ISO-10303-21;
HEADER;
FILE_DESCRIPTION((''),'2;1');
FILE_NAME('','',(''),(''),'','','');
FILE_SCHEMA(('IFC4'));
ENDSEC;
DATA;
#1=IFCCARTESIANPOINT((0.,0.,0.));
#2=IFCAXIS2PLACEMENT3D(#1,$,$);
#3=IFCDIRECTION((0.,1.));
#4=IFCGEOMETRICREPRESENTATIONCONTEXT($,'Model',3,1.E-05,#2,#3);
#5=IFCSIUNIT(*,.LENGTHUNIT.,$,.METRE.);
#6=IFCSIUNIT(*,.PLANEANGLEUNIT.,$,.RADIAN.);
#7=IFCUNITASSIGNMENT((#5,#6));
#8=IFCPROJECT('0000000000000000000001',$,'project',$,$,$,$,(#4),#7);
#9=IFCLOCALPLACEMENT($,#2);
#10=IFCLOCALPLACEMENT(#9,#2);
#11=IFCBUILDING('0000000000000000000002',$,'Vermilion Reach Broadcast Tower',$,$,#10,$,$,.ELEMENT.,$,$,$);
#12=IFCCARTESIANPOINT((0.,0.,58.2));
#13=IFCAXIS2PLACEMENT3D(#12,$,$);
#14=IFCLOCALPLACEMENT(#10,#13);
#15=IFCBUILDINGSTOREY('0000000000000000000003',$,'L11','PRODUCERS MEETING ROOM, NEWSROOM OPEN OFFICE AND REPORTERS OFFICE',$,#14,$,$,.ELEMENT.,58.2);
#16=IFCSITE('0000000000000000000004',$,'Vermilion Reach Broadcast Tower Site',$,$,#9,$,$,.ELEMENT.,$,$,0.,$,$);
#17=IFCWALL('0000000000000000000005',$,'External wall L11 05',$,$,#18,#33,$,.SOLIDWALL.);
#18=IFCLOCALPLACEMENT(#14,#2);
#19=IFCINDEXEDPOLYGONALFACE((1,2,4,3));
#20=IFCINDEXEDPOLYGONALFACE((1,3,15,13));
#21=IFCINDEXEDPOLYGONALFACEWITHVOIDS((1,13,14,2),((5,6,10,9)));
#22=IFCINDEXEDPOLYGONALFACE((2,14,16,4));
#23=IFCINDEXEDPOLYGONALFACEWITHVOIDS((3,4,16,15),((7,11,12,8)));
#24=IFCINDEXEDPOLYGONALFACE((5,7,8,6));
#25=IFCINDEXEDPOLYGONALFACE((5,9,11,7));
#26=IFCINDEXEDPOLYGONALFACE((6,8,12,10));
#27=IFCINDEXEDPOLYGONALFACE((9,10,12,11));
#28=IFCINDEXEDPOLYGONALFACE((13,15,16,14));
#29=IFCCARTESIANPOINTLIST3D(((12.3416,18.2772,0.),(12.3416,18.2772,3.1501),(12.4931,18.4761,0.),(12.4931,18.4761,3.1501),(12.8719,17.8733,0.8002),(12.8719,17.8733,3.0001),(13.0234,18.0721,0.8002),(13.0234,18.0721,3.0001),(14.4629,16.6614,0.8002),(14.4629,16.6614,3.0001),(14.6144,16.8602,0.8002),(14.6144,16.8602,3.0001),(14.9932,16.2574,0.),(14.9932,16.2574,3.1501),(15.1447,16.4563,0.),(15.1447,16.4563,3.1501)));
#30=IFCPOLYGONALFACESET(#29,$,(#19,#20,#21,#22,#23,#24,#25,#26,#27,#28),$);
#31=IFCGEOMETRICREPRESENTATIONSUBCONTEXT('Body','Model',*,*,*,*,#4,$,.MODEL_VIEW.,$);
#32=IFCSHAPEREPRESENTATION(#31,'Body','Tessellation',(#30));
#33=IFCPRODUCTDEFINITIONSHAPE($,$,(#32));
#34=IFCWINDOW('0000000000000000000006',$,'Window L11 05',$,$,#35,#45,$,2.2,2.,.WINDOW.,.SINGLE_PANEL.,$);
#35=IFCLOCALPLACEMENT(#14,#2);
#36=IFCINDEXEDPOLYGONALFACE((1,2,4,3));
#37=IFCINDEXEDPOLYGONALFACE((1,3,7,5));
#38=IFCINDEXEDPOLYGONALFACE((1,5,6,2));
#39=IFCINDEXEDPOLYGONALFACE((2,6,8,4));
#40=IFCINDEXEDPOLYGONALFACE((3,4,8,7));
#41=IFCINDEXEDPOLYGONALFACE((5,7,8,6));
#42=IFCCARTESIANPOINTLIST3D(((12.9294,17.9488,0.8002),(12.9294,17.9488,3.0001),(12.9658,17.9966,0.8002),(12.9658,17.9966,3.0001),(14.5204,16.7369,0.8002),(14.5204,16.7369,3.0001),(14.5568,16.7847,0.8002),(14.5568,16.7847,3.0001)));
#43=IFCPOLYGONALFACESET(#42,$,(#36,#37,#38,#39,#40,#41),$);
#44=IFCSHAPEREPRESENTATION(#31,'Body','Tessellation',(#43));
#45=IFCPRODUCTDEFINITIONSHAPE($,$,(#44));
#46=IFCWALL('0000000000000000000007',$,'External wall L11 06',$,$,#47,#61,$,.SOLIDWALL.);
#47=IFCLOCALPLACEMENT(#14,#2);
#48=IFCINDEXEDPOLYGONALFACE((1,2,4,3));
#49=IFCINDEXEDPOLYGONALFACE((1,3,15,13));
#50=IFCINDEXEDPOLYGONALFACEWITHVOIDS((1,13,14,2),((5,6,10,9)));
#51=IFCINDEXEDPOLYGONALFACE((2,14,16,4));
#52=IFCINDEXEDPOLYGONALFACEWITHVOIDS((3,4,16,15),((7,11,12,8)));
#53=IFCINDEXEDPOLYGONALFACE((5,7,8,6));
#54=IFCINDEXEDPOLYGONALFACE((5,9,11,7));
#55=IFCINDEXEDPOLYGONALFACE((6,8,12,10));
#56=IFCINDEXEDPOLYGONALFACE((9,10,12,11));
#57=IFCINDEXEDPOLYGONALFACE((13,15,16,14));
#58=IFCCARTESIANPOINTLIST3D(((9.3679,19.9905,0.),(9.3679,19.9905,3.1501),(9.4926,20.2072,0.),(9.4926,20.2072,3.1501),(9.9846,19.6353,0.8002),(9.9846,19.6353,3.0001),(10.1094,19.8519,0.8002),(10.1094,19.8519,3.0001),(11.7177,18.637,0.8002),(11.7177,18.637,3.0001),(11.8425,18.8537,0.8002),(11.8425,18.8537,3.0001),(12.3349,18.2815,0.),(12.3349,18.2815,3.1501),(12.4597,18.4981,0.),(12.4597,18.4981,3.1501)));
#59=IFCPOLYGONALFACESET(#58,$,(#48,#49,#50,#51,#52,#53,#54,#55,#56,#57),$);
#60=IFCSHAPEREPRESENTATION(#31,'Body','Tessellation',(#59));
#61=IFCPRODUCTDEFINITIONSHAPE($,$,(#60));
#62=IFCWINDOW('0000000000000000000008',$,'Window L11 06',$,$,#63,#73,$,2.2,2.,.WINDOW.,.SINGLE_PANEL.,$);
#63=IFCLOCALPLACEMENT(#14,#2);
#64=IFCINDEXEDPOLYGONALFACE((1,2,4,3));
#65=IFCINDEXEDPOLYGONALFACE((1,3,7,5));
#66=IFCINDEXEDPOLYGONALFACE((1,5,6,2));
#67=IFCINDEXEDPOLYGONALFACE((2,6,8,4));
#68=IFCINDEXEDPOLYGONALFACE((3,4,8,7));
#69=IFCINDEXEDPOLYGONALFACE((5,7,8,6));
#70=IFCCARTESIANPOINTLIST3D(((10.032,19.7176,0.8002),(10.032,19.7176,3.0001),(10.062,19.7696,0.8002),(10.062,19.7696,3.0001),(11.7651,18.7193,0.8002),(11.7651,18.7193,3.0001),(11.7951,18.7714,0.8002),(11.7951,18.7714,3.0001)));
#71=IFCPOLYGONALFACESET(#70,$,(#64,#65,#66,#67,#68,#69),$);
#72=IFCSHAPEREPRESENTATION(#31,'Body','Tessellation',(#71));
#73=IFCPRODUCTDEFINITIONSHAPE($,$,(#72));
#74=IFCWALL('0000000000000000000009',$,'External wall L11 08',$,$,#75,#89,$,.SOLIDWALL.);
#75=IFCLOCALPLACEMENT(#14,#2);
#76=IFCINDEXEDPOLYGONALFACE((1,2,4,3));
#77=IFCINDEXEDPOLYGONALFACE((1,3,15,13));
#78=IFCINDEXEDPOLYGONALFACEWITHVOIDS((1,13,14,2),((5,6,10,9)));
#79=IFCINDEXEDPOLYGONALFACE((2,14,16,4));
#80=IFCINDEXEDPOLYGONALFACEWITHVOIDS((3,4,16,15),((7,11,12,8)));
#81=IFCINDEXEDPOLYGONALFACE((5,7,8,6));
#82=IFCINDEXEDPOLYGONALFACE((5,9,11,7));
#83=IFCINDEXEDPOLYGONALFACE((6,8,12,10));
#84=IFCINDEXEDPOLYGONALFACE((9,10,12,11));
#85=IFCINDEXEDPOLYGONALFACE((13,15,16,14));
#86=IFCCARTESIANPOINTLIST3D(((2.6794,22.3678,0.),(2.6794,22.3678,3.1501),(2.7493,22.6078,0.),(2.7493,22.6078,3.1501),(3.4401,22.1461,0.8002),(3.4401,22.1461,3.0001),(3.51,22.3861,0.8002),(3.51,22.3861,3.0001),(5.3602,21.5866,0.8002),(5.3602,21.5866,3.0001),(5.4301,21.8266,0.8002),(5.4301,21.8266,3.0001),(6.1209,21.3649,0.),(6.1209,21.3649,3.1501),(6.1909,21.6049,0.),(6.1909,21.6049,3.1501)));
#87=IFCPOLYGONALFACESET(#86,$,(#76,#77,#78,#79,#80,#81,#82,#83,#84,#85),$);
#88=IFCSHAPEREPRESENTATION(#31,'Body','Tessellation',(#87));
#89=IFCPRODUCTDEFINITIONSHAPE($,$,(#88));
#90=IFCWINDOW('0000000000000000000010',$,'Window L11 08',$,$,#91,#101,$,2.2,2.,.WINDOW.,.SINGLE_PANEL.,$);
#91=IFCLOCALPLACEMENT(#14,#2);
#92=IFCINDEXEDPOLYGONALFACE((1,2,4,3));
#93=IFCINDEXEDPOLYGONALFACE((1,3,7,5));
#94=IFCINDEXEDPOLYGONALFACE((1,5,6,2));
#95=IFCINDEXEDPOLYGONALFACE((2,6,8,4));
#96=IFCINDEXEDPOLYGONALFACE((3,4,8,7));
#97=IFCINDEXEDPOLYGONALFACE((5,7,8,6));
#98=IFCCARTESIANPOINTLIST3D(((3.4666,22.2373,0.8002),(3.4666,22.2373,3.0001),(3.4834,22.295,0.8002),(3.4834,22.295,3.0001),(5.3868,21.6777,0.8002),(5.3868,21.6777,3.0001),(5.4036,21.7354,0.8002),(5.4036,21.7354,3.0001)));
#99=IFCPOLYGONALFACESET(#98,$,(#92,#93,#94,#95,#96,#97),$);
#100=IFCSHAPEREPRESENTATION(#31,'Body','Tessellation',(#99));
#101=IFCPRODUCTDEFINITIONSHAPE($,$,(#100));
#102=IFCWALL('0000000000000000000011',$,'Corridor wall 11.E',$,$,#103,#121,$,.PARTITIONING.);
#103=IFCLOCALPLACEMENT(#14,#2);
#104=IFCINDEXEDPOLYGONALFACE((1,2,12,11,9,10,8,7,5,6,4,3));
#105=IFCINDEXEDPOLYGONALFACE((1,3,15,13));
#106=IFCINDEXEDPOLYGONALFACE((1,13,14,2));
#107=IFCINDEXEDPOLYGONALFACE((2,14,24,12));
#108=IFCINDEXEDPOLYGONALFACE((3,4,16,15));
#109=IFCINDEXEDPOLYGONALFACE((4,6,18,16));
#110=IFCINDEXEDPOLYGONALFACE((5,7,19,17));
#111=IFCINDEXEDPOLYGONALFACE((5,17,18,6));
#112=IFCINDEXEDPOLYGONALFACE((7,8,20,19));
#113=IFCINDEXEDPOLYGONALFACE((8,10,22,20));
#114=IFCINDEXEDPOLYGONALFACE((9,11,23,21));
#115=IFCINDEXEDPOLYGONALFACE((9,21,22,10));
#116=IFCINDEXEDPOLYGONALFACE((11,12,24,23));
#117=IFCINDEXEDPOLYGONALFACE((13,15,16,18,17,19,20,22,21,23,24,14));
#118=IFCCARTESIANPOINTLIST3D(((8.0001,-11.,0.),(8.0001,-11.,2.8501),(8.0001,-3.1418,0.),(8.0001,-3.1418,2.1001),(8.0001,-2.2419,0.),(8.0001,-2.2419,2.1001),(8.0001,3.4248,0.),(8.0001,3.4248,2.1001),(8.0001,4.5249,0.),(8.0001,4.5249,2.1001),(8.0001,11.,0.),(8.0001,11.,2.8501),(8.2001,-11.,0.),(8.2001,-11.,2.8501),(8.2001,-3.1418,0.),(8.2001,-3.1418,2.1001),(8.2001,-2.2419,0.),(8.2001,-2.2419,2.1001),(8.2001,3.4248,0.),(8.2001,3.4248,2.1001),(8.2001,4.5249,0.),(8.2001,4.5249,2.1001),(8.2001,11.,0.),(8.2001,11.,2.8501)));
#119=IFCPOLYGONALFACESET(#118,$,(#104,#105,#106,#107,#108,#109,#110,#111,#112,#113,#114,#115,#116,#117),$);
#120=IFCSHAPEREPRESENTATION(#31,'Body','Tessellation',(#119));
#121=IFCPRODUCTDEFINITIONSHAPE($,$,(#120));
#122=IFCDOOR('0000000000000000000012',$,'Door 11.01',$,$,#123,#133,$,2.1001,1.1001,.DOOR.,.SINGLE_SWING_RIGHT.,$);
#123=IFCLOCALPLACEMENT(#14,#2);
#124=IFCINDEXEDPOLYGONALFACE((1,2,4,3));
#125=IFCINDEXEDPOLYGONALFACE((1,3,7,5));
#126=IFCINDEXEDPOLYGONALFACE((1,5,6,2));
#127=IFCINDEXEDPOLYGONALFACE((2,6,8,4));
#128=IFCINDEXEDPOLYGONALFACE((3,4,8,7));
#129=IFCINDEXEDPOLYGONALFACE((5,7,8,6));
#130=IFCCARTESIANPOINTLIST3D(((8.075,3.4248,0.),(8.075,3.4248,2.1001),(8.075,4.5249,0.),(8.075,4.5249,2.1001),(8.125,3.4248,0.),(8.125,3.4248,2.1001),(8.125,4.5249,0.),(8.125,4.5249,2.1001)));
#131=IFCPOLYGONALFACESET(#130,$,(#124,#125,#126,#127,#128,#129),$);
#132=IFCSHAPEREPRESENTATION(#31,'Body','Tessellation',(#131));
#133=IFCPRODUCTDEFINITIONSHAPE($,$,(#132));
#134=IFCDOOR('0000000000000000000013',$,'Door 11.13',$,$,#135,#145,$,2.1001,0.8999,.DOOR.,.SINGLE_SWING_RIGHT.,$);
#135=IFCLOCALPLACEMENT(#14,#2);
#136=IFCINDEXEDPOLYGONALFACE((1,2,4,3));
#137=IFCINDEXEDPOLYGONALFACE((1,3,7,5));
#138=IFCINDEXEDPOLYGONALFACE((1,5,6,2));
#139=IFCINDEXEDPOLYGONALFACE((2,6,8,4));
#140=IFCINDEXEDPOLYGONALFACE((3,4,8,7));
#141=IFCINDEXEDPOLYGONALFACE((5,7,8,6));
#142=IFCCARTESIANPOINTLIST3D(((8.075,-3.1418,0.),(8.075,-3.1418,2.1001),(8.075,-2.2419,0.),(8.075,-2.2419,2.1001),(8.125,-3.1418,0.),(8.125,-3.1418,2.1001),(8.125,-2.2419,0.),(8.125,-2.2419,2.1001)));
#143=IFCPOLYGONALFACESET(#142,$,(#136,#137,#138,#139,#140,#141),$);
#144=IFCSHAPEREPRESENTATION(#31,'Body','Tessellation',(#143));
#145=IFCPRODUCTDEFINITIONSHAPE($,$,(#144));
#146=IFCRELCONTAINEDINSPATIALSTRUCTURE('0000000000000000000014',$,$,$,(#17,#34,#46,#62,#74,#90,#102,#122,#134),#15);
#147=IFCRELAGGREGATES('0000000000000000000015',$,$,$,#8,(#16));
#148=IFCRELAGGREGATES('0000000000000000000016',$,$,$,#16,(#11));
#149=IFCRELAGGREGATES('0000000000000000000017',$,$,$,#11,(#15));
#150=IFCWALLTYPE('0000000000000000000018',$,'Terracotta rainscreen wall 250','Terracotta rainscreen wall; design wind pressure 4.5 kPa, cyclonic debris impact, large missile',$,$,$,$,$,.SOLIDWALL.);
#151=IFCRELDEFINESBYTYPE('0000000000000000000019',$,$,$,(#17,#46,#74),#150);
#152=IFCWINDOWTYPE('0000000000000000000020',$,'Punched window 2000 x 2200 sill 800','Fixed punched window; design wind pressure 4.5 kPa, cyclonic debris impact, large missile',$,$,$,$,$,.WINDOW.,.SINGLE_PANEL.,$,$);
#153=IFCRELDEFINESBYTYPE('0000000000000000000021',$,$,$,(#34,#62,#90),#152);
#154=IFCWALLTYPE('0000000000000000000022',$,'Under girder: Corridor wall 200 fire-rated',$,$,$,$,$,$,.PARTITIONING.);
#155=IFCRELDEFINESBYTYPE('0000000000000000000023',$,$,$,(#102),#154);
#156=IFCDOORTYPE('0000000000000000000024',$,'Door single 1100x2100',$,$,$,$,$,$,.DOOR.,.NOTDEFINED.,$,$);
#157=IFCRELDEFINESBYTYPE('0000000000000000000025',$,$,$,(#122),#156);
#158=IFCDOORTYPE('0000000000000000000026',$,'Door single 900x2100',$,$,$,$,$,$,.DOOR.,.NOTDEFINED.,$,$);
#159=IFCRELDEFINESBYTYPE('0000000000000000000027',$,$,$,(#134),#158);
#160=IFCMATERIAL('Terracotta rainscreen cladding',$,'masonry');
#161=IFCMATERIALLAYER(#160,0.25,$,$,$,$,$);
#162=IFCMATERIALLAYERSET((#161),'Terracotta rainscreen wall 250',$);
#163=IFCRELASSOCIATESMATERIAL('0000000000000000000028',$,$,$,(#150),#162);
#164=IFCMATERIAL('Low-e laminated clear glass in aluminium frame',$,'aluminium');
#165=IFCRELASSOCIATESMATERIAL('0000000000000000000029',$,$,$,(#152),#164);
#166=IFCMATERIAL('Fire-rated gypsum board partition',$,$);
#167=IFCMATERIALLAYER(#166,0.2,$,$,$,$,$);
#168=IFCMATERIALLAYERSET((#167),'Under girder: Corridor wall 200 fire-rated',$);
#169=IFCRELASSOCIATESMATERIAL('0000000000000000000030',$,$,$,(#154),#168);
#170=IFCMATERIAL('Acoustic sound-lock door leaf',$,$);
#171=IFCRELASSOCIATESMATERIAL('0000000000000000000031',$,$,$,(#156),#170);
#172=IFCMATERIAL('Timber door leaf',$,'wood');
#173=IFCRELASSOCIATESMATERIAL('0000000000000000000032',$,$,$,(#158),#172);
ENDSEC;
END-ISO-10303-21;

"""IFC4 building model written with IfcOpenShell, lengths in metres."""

from ifc_helpers import new_model, si_unit, direction, frame, frame_2d, origin, place, context, subcontext, project, spatial, rectangle, extrude, material, layer, layer_set, type_object, element, fill, save


model = new_model("IFC4")

# Units and contexts
model_context = context("Model", 3, precision=1e-05, world=origin(), true_north=direction((0.0, 1.0)))
body_context = subcontext(model_context, "Body", "Model", "MODEL_VIEW")
ifc_project = project(units=[si_unit("LENGTHUNIT", "METRE"), si_unit("PLANEANGLEUNIT", "RADIAN")], contexts=[model_context])

# Site, building, storey
site_placement = place(None, origin())
site = spatial("IfcSite", under=ifc_project, at=site_placement, Name="Vermilion Reach Broadcast Tower Site", CompositionType="ELEMENT", RefElevation=0.0)
building_placement = place(site_placement, origin())
building = spatial("IfcBuilding", under=site, at=building_placement, Name="Vermilion Reach Broadcast Tower", CompositionType="ELEMENT")
storey_placement = place(building_placement, frame((0.0, 0.0, 58.2)))
storey = spatial("IfcBuildingStorey", under=building, at=storey_placement, Name="L11", Description="PRODUCERS MEETING ROOM, NEWSROOM OPEN OFFICE AND REPORTERS OFFICE", CompositionType="ELEMENT", Elevation=58.2)

# Shared definitions
ifc_material_1 = material(Name="Terracotta rainscreen cladding", Category="masonry")
ifc_layer_1 = layer(ifc_material_1, 0.25)
ifc_layer_set_1 = layer_set([ifc_layer_1], Name="Terracotta rainscreen wall 250")
wall_type_1 = type_object("IfcWallType", Name="Terracotta rainscreen wall 250", Description="Terracotta rainscreen wall; design wind pressure 4.5 kPa, cyclonic debris impact, large missile", PredefinedType="SOLIDWALL", material=ifc_layer_set_1)

# Walls, openings, windows
ifc_material_2 = material(Name="Low-e laminated clear glass in aluminium frame", Category="aluminium")
window_type = type_object("IfcWindowType", Name="Punched window 2000 x 2200 sill 800", Description="Fixed punched window; design wind pressure 4.5 kPa, cyclonic debris impact, large missile", PartitioningType="SINGLE_PANEL", PredefinedType="WINDOW", material=ifc_material_2)
wall_1_placement = place(storey_placement, frame((15.0688, 16.3569, 0.0), z_axis=(0.0, 0.0, 1.0), x_axis=(-0.795504, 0.605948, 0.0)))
wall_1 = element("IfcWall", 1, at=wall_1_placement, inside=storey, type_object=wall_type_1, Name="External wall L11 05", PredefinedType="SOLIDWALL", context=body_context, shape_type="SweptSolid", body=[
    extrude(rectangle(XDim=3.3333, YDim=0.25, at=frame_2d((1.6665, 0.0))), origin(), (0.0, 0.0, 1.0), 3.1501),
])
opening_1_placement = place(wall_1_placement, frame((0.6665, 0.0, 0.8)))
opening_1 = element("IfcOpeningElement", 2, at=opening_1_placement, cuts=wall_1, PredefinedType="OPENING", context=body_context, shape_type="SweptSolid", body=[
    extrude(rectangle(XDim=2.0, YDim=2.2, at=frame_2d((1.0, 1.1001))), frame((0.0, 0.135, 0.0), z_axis=(0.0, -1.0, 0.0), x_axis=(1.0, 0.0, 0.0)), (0.0, 0.0, 1.0), 0.27),
])
window_1_placement = place(opening_1_placement, origin())
window_1 = element("IfcWindow", 3, at=window_1_placement, inside=storey, type_object=window_type, Name="Window L11 05", OverallHeight=2.2, OverallWidth=2.0, PartitioningType="SINGLE_PANEL", PredefinedType="WINDOW", context=body_context, shape_type="SweptSolid", body=[
    extrude(rectangle(XDim=2.0, YDim=2.2, at=frame_2d((1.0, 1.1001))), frame((0.0, 0.03, 0.0), z_axis=(0.0, -1.0, 0.0), x_axis=(1.0, 0.0, 0.0)), (0.0, 0.0, 1.0), 0.0601),
])
fill(opening_1, window_1)
wall_2_placement = place(storey_placement, frame((12.3972, 18.3899, 0.0), z_axis=(0.0, 0.0, 1.0), x_axis=(-0.866536, 0.499115, 0.0)))
wall_2 = element("IfcWall", 4, at=wall_2_placement, inside=storey, type_object=wall_type_1, Name="External wall L11 06", PredefinedType="SOLIDWALL", context=body_context, shape_type="SweptSolid", body=[
    extrude(rectangle(XDim=3.4241, YDim=0.25, at=frame_2d((1.7119, 0.0))), origin(), (0.0, 0.0, 1.0), 3.1501),
])
opening_2_placement = place(wall_2_placement, frame((0.7122, 0.0, 0.8)))
opening_2 = element("IfcOpeningElement", 5, at=opening_2_placement, cuts=wall_2, PredefinedType="OPENING", context=body_context, shape_type="SweptSolid", body=[
    extrude(rectangle(XDim=2.0, YDim=2.2, at=frame_2d((1.0, 1.1001))), frame((0.0, 0.135, 0.0), z_axis=(0.0, -1.0, 0.0), x_axis=(1.0, 0.0, 0.0)), (0.0, 0.0, 1.0), 0.27),
])
window_2_placement = place(opening_2_placement, origin())
window_2 = element("IfcWindow", 6, at=window_2_placement, inside=storey, type_object=window_type, Name="Window L11 06", OverallHeight=2.2, OverallWidth=2.0, PartitioningType="SINGLE_PANEL", PredefinedType="WINDOW", context=body_context, shape_type="SweptSolid", body=[
    extrude(rectangle(XDim=2.0, YDim=2.2, at=frame_2d((1.0, 1.1001))), frame((0.0, 0.03, 0.0), z_axis=(0.0, -1.0, 0.0), x_axis=(1.0, 0.0, 0.0)), (0.0, 0.0, 1.0), 0.0601),
])
fill(opening_2, window_2)

# Wall, opening, window
wall_3_placement = place(storey_placement, frame((6.156, 21.4849, 0.0), z_axis=(0.0, 0.0, 1.0), x_axis=(-0.960066, 0.279772, 0.0)))
wall_3 = element("IfcWall", 7, at=wall_3_placement, inside=storey, type_object=wall_type_1, Name="External wall L11 08", PredefinedType="SOLIDWALL", context=body_context, shape_type="SweptSolid", body=[
    extrude(rectangle(XDim=3.5847, YDim=0.25, at=frame_2d((1.7925, 0.0))), origin(), (0.0, 0.0, 1.0), 3.1501),
])
opening_3_placement = place(wall_3_placement, frame((0.7925, 0.0, 0.8)))
opening_3 = element("IfcOpeningElement", 8, at=opening_3_placement, cuts=wall_3, PredefinedType="OPENING", context=body_context, shape_type="SweptSolid", body=[
    extrude(rectangle(XDim=2.0, YDim=2.2, at=frame_2d((1.0, 1.1001))), frame((0.0, 0.135, 0.0), z_axis=(0.0, -1.0, 0.0), x_axis=(1.0, 0.0, 0.0)), (0.0, 0.0, 1.0), 0.27),
])
window_3_placement = place(opening_3_placement, origin())
window_3 = element("IfcWindow", 9, at=window_3_placement, inside=storey, type_object=window_type, Name="Window L11 08", OverallHeight=2.2, OverallWidth=2.0, PartitioningType="SINGLE_PANEL", PredefinedType="WINDOW", context=body_context, shape_type="SweptSolid", body=[
    extrude(rectangle(XDim=2.0, YDim=2.2, at=frame_2d((1.0, 1.1001))), frame((0.0, 0.03, 0.0), z_axis=(0.0, -1.0, 0.0), x_axis=(1.0, 0.0, 0.0)), (0.0, 0.0, 1.0), 0.0601),
])
fill(opening_3, window_3)

# Wall, openings, doors
ifc_material_3 = material(Name="Fire-rated gypsum board partition")
ifc_layer_2 = layer(ifc_material_3, 0.2)
ifc_layer_set_2 = layer_set([ifc_layer_2], Name="Under girder: Corridor wall 200 fire-rated")
wall_type_2 = type_object("IfcWallType", Name="Under girder: Corridor wall 200 fire-rated", PredefinedType="PARTITIONING", material=ifc_layer_set_2)
wall_4_placement = place(storey_placement, frame((8.1001, 11.0, 0.0), z_axis=(0.0, 0.0, 1.0), x_axis=(0.0, -1.0, 0.0)))
wall_4 = element("IfcWall", 10, at=wall_4_placement, inside=storey, type_object=wall_type_2, Name="Corridor wall 11.E", PredefinedType="PARTITIONING", context=body_context, shape_type="SweptSolid", body=[
    extrude(rectangle(XDim=22.0, YDim=0.2, at=frame_2d((11.0, 0.0))), origin(), (0.0, 0.0, 1.0), 2.8501),
])
opening_4_placement = place(wall_4_placement, frame((6.4751, 0.0, 0.0)))
opening_4 = element("IfcOpeningElement", 11, at=opening_4_placement, cuts=wall_4, PredefinedType="OPENING", context=body_context, shape_type="SweptSolid", body=[
    extrude(rectangle(XDim=1.1001, YDim=2.1001, at=frame_2d((0.55, 1.05))), frame((0.0, 0.1099, 0.0), z_axis=(0.0, -1.0, 0.0), x_axis=(1.0, 0.0, 0.0)), (0.0, 0.0, 1.0), 0.22),
])
opening_5_placement = place(wall_4_placement, frame((13.2419, 0.0, 0.0)))
opening_5 = element("IfcOpeningElement", 12, at=opening_5_placement, cuts=wall_4, PredefinedType="OPENING", context=body_context, shape_type="SweptSolid", body=[
    extrude(rectangle(XDim=0.8999, YDim=2.1001, at=frame_2d((0.45, 1.05))), frame((0.0, 0.1099, 0.0), z_axis=(0.0, -1.0, 0.0), x_axis=(1.0, 0.0, 0.0)), (0.0, 0.0, 1.0), 0.22),
])
ifc_material_4 = material(Name="Acoustic sound-lock door leaf")
door_type_1 = type_object("IfcDoorType", Name="Door single 1100x2100", OperationType="NOTDEFINED", PredefinedType="DOOR", material=ifc_material_4)
door_1_placement = place(opening_4_placement, origin())
door_1 = element("IfcDoor", 13, at=door_1_placement, inside=storey, type_object=door_type_1, Name="Door 11.01", OperationType="SINGLE_SWING_RIGHT", OverallHeight=2.1001, OverallWidth=1.1001, PredefinedType="DOOR", context=body_context, shape_type="SweptSolid", body=[
    extrude(rectangle(XDim=1.1001, YDim=2.1001, at=frame_2d((0.55, 1.05))), frame((0.0, 0.0249, 0.0), z_axis=(0.0, -1.0, 0.0), x_axis=(1.0, 0.0, 0.0)), (0.0, 0.0, 1.0), 0.05),
])
fill(opening_4, door_1)
ifc_material_5 = material(Name="Timber door leaf", Category="wood")
door_type_2 = type_object("IfcDoorType", Name="Door single 900x2100", OperationType="NOTDEFINED", PredefinedType="DOOR", material=ifc_material_5)
door_2_placement = place(opening_5_placement, origin())
door_2 = element("IfcDoor", 14, at=door_2_placement, inside=storey, type_object=door_type_2, Name="Door 11.13", OperationType="SINGLE_SWING_RIGHT", OverallHeight=2.1001, OverallWidth=0.8999, PredefinedType="DOOR", context=body_context, shape_type="SweptSolid", body=[
    extrude(rectangle(XDim=0.8999, YDim=2.1001, at=frame_2d((0.45, 1.05))), frame((0.0, 0.0249, 0.0), z_axis=(0.0, -1.0, 0.0), x_axis=(1.0, 0.0, 0.0)), (0.0, 0.0, 1.0), 0.05),
])
fill(opening_5, door_2)

save(model, "model.ifc")
